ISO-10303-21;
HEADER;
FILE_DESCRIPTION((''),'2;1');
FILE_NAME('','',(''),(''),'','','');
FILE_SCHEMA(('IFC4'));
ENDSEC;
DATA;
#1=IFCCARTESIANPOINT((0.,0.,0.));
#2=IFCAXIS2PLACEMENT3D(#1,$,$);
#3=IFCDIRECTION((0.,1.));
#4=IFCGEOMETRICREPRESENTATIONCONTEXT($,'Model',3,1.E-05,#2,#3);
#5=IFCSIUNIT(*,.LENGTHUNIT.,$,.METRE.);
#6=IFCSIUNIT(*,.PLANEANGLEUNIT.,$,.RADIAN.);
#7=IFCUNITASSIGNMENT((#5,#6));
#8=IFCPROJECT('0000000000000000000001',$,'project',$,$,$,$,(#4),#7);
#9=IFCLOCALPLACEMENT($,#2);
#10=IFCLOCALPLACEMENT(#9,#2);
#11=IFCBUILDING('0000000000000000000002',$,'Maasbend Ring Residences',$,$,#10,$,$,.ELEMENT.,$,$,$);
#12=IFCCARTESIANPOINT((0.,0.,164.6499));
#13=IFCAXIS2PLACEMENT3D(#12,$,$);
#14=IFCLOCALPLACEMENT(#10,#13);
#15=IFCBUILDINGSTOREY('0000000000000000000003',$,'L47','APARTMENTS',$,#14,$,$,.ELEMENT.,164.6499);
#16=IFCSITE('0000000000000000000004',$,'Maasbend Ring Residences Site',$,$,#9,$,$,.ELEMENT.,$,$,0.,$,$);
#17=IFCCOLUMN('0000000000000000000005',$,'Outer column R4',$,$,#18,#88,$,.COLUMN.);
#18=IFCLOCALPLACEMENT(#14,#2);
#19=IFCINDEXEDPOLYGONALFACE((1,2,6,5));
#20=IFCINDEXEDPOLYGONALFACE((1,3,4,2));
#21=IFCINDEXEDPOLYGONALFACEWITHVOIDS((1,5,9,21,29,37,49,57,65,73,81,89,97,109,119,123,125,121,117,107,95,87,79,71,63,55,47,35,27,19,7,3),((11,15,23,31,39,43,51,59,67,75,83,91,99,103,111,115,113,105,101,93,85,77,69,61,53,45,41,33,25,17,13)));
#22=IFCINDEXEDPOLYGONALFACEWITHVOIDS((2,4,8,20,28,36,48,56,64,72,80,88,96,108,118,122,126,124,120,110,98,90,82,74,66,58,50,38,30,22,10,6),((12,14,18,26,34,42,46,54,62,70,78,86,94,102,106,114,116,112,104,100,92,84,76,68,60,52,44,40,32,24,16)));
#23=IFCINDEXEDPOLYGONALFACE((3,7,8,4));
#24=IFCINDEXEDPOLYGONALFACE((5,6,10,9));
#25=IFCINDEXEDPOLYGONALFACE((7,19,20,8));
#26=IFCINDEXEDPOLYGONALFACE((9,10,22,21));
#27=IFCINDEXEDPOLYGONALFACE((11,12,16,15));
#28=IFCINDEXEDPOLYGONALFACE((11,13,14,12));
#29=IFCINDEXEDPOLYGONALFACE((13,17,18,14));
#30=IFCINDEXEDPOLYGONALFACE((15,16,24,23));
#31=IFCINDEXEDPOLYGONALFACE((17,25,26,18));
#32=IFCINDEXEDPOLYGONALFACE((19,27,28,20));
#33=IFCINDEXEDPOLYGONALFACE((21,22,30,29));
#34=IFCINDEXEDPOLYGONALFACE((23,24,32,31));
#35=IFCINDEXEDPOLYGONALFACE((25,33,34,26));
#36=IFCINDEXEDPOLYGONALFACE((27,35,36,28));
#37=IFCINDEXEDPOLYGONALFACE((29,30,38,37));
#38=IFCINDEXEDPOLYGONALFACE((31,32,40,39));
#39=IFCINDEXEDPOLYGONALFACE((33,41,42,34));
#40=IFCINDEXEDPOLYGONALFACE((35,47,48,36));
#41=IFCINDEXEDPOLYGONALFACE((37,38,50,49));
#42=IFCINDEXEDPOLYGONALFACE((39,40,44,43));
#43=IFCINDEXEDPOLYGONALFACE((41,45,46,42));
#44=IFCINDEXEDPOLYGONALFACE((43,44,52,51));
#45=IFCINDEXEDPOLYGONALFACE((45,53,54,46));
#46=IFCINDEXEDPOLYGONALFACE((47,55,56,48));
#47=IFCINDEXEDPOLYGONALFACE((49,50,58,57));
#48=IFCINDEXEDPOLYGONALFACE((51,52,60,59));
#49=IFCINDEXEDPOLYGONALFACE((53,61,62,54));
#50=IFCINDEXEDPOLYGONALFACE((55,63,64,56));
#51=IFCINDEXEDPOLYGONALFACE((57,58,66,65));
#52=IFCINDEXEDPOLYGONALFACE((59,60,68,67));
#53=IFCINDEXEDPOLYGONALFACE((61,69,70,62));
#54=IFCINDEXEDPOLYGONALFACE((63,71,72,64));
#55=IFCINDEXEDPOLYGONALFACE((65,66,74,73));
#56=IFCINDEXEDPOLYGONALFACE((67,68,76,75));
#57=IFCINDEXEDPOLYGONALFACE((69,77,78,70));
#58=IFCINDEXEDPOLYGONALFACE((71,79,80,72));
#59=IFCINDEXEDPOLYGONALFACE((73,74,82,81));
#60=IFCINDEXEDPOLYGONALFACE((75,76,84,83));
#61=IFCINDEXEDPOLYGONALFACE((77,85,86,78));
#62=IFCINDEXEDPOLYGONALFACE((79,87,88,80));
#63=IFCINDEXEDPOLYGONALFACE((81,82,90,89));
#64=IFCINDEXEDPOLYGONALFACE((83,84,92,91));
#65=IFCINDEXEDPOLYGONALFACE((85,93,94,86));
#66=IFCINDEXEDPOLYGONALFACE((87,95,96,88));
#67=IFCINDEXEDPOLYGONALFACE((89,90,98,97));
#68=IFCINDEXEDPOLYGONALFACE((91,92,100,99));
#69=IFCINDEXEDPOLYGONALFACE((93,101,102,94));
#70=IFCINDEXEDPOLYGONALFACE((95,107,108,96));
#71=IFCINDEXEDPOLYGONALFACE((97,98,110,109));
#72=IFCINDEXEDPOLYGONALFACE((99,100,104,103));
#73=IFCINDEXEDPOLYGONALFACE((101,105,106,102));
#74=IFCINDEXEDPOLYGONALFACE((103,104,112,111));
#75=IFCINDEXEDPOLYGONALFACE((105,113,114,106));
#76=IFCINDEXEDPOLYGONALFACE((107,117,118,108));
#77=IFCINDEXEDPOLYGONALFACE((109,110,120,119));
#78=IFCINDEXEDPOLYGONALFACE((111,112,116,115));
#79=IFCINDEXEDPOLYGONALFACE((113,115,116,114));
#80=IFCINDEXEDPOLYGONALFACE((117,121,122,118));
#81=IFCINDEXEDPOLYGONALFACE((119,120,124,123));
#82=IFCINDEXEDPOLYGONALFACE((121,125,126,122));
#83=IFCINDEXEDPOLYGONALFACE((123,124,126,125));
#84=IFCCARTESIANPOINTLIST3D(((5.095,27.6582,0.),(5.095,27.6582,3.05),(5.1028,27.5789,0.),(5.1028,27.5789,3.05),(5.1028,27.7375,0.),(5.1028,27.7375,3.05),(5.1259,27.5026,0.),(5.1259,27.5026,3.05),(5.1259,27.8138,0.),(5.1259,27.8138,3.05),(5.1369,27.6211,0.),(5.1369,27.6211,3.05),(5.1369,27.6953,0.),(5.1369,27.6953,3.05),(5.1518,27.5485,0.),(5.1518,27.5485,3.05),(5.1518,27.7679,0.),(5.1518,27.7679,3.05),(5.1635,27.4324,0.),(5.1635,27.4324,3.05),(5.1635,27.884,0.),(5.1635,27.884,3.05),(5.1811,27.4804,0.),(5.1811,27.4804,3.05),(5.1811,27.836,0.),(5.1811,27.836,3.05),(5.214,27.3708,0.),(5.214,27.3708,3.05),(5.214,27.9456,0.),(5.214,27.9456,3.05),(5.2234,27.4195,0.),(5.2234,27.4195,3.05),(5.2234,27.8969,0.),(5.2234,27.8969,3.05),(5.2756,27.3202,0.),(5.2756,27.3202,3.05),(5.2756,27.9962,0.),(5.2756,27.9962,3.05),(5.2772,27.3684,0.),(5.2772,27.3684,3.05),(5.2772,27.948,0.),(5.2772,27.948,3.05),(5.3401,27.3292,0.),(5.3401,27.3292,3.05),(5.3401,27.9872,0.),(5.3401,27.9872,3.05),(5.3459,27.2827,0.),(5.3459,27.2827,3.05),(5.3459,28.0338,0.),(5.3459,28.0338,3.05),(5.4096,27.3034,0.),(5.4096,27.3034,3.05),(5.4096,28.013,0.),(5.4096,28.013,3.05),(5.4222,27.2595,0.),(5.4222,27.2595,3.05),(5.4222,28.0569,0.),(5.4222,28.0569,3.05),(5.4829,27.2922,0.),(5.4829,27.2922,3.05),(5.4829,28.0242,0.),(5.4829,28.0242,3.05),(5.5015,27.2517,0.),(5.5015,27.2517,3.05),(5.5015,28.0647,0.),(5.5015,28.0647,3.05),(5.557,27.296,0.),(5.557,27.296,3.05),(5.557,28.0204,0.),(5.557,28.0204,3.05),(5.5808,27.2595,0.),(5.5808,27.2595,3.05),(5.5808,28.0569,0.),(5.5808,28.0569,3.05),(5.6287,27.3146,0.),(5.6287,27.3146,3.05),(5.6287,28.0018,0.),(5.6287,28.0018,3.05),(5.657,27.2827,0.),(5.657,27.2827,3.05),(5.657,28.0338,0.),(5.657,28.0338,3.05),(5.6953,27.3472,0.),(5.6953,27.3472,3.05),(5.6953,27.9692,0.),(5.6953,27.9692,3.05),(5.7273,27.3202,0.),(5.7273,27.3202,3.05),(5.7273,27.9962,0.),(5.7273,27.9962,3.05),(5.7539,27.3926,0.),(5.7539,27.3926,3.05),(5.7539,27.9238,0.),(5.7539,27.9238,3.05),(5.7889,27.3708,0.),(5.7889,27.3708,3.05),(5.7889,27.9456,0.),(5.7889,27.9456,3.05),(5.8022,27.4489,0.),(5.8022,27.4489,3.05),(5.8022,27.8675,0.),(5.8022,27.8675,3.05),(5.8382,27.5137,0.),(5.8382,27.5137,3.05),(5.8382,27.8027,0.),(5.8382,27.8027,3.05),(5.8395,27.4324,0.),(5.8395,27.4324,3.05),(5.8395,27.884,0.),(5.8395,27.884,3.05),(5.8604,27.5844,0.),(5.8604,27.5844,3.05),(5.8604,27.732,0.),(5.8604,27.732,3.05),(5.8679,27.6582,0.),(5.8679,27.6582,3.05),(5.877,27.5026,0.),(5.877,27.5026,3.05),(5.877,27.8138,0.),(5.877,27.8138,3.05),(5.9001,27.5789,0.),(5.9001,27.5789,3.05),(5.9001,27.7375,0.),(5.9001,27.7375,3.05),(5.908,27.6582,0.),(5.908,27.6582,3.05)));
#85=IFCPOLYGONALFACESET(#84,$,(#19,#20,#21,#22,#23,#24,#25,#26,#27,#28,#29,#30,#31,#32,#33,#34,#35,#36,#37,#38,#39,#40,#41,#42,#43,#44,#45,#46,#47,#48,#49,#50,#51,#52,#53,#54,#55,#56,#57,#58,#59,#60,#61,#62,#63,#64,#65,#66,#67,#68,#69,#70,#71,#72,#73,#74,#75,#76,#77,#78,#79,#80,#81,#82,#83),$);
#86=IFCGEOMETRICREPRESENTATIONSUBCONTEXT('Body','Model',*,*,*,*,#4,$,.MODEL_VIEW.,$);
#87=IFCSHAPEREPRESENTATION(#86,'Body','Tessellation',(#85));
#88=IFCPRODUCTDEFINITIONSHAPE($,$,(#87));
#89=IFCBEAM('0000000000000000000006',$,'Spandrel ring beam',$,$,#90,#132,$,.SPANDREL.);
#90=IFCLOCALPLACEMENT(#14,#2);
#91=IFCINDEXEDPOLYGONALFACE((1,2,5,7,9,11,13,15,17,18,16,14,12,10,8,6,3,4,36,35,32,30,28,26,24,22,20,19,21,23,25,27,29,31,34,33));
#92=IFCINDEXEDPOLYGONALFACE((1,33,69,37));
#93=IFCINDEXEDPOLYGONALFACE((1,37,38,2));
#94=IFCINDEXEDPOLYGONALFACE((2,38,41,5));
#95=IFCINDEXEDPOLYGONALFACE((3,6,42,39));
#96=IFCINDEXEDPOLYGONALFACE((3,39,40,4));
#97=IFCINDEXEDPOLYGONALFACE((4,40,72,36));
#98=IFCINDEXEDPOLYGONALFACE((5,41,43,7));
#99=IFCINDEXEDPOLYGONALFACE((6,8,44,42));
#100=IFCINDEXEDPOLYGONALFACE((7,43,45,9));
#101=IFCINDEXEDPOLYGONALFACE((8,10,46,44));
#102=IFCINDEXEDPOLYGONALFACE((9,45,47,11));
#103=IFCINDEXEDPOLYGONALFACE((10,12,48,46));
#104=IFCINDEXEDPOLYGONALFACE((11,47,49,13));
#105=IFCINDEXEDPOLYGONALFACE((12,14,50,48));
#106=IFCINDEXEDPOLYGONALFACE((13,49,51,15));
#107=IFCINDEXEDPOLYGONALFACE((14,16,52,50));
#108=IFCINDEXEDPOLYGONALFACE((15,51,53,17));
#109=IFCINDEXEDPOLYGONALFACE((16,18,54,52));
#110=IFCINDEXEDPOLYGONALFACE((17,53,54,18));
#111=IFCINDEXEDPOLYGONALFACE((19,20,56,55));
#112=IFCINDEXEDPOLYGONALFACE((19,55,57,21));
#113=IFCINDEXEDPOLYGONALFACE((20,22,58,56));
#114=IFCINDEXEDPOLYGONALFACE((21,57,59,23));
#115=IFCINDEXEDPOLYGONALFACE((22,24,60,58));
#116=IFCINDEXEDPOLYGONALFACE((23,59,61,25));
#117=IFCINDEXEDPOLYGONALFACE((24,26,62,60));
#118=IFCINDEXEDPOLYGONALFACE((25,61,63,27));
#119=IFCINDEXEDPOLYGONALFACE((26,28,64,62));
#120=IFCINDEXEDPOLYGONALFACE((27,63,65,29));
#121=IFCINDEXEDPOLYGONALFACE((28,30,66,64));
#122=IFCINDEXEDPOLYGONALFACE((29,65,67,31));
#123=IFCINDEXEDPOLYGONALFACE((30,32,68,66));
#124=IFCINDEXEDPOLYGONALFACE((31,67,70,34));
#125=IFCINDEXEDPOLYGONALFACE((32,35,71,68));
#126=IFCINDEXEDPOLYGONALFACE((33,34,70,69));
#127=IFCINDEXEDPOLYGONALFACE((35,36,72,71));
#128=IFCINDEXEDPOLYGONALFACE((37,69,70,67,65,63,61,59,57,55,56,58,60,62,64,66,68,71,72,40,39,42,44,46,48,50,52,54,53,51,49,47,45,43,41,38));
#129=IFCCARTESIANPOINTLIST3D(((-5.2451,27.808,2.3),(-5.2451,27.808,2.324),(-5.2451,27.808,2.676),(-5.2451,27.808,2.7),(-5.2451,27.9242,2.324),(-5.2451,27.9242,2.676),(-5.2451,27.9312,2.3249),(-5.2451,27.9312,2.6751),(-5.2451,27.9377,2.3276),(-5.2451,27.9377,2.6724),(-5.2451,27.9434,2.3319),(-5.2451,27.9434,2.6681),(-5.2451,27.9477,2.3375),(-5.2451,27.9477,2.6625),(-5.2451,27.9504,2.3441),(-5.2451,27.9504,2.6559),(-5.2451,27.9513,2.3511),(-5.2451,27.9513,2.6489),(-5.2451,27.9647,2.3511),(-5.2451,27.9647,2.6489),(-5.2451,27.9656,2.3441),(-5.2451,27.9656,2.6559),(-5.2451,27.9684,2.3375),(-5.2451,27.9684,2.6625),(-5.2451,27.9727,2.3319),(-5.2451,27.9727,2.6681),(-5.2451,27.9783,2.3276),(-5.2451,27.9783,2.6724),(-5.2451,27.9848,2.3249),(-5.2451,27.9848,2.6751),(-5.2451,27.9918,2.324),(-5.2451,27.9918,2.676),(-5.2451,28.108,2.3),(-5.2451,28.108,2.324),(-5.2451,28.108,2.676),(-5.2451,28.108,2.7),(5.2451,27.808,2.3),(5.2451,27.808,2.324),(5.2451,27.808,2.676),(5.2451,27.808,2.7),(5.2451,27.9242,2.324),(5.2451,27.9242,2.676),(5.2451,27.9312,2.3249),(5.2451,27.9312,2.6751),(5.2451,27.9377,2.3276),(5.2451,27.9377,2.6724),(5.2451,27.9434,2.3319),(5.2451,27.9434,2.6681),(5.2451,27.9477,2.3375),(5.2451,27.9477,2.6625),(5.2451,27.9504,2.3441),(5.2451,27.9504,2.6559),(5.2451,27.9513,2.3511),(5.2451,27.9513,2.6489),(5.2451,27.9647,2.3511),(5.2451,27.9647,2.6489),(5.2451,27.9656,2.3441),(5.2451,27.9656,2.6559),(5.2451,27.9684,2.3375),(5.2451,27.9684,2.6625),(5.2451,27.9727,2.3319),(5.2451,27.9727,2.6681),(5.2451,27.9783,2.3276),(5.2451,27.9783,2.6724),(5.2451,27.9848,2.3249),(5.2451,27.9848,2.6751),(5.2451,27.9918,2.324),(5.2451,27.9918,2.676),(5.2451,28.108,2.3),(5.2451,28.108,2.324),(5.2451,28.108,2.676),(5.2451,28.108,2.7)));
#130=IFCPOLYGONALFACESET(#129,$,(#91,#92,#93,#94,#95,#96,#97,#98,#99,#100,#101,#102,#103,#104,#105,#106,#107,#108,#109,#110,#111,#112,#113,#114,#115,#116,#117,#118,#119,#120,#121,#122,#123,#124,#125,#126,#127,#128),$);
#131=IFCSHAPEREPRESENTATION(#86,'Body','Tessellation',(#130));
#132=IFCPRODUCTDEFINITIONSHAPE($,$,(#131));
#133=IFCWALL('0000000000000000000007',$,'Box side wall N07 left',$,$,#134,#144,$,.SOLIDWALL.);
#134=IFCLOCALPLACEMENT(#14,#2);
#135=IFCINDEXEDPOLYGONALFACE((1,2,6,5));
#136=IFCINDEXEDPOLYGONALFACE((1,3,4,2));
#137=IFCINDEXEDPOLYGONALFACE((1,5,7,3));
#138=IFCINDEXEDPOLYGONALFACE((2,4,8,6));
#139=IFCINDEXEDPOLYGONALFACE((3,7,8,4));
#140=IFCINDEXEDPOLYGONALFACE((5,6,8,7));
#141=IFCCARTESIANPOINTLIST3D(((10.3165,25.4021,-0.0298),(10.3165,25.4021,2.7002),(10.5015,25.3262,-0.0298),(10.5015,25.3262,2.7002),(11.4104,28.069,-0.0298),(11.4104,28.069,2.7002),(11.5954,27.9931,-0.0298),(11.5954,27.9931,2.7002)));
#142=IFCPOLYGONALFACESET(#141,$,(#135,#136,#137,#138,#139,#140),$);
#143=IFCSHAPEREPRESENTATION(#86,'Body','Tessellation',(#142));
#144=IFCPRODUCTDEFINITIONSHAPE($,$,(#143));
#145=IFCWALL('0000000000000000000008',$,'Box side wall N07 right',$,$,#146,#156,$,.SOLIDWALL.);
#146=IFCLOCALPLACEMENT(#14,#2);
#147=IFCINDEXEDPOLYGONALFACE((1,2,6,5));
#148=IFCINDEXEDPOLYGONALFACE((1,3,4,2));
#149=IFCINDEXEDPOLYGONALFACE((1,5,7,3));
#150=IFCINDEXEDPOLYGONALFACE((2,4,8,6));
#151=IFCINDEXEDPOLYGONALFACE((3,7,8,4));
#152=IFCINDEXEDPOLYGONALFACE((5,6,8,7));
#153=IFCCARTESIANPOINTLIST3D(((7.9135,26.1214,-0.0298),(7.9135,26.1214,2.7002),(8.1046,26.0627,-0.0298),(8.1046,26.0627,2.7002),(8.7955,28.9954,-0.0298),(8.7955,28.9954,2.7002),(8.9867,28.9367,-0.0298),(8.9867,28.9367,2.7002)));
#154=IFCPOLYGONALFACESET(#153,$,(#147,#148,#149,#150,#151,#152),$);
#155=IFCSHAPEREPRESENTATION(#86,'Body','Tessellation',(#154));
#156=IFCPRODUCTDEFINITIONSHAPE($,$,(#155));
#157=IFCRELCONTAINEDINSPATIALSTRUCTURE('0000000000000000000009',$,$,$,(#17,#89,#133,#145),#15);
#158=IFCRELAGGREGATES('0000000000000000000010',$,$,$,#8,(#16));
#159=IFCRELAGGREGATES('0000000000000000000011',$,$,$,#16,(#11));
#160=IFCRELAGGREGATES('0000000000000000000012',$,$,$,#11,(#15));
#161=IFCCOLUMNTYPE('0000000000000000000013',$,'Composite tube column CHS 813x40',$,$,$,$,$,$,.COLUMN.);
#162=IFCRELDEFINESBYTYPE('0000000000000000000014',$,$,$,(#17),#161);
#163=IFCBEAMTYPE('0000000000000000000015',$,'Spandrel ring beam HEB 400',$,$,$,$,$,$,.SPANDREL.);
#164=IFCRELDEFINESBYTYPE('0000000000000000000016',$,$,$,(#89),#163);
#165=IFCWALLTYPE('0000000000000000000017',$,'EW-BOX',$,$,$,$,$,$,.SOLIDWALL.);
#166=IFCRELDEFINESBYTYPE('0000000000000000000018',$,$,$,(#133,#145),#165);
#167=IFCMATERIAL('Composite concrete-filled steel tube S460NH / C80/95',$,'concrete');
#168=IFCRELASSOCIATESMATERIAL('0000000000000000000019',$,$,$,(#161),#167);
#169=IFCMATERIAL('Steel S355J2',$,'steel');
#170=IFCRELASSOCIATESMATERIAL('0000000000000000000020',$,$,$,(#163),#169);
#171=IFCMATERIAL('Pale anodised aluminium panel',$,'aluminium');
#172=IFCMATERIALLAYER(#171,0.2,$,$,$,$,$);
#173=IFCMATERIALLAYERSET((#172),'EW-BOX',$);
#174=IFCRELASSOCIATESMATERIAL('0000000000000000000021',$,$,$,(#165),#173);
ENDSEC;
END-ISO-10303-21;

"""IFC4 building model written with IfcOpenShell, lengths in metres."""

from ifc_helpers import new_model, si_unit, direction, frame, frame_2d, origin, origin_2d, place, context, subcontext, project, spatial, rectangle, hollow_circle, i_section, extrude, material, layer, layer_set, material_profile, profile_set, type_object, element, save


model = new_model("IFC4")

# Units and contexts
model_context = context("Model", 3, precision=1e-05, world=origin(), true_north=direction((0.0, 1.0)))
body_context = subcontext(model_context, "Body", "Model", "MODEL_VIEW")
ifc_project = project(units=[si_unit("LENGTHUNIT", "METRE"), si_unit("PLANEANGLEUNIT", "RADIAN")], contexts=[model_context])

# Site, building, storey
site_placement = place(None, origin())
site = spatial("IfcSite", under=ifc_project, at=site_placement, Name="Maasbend Ring Residences Site", CompositionType="ELEMENT", RefElevation=0.0)
building_placement = place(site_placement, origin())
building = spatial("IfcBuilding", under=site, at=building_placement, Name="Maasbend Ring Residences", CompositionType="ELEMENT")
storey_placement = place(building_placement, frame((0.0, 0.0, 164.6499)))
storey = spatial("IfcBuildingStorey", under=building, at=storey_placement, Name="L47", Description="APARTMENTS", CompositionType="ELEMENT", Elevation=164.6499)

# Column
ifc_material_1 = material(Name="Composite concrete-filled steel tube S460NH / C80/95", Category="concrete")
ifc_material_profile_1 = material_profile(ifc_material_1, hollow_circle(Radius=0.4065, WallThickness=0.04, at=origin_2d()), Name="Composite tube column CHS 813x40")
ifc_profile_set_1 = profile_set([ifc_material_profile_1], Name="Composite concrete-filled steel tube S460NH / C80/95")
column_type = type_object("IfcColumnType", Name="Composite tube column CHS 813x40", PredefinedType="COLUMN", material=ifc_profile_set_1)
column_placement = place(storey_placement, frame((5.5015, 27.6582, 0.0), z_axis=(0.0, 0.0, 1.0), x_axis=(1.0, 0.0, 0.0)))
element("IfcColumn", 1, at=column_placement, inside=storey, type_object=column_type, Name="Outer column R4", PredefinedType="COLUMN", context=body_context, shape_type="SweptSolid", body=[
    extrude(hollow_circle(Radius=0.4065, WallThickness=0.04, at=origin_2d()), origin(), (0.0, 0.0, 1.0), 3.05),
])

# Beam
ifc_material_2 = material(Name="Steel S355J2", Category="steel")
ifc_material_profile_2 = material_profile(ifc_material_2, i_section(OverallWidth=0.3, OverallDepth=0.3999, WebThickness=0.0134, FlangeThickness=0.0239, FilletRadius=0.0271, at=origin_2d()), Name="HEB 400")
ifc_profile_set_2 = profile_set([ifc_material_profile_2], Name="Steel S355J2")
beam_type = type_object("IfcBeamType", Name="Spandrel ring beam HEB 400", PredefinedType="SPANDREL", material=ifc_profile_set_2)
beam_placement = place(storey_placement, frame((5.2451, 27.958, 2.5), z_axis=(-1.0, 0.0, 0.0), x_axis=(0.0, -1.0, 0.0)))
element("IfcBeam", 2, at=beam_placement, inside=storey, type_object=beam_type, Name="Spandrel ring beam", PredefinedType="SPANDREL", context=body_context, shape_type="SweptSolid", body=[
    extrude(i_section(OverallWidth=0.3, OverallDepth=0.3999, WebThickness=0.0134, FlangeThickness=0.0239, FilletRadius=0.0271, at=origin_2d()), origin(), (0.0, 0.0, 1.0), 10.4902),
])

# Walls
ifc_material_3 = material(Name="Pale anodised aluminium panel", Category="aluminium")
ifc_layer_1 = layer(ifc_material_3, 0.2)
ifc_layer_set_1 = layer_set([ifc_layer_1], Name="EW-BOX")
wall_type_1 = type_object("IfcWallType", Name="EW-BOX", PredefinedType="SOLIDWALL", material=ifc_layer_set_1)
wall_1_placement = place(storey_placement, frame((10.4089, 25.364, -0.0298), z_axis=(0.0, 0.0, 1.0), x_axis=(0.37951, 0.925188, 0.0)))
element("IfcWall", 3, at=wall_1_placement, inside=storey, type_object=wall_type_1, Name="Box side wall N07 left", PredefinedType="SOLIDWALL", context=body_context, shape_type="SweptSolid", body=[
    extrude(rectangle(XDim=2.8826, YDim=0.2, at=frame_2d((1.4414, 0.0))), origin(), (0.0, 0.0, 1.0), 2.73),
])
wall_2_placement = place(storey_placement, frame((8.009, 26.092, -0.0298), z_axis=(0.0, 0.0, 1.0), x_axis=(0.293407, 0.955988, 0.0)))
element("IfcWall", 4, at=wall_2_placement, inside=storey, type_object=wall_type_1, Name="Box side wall N07 right", PredefinedType="SOLIDWALL", context=body_context, shape_type="SweptSolid", body=[
    extrude(rectangle(XDim=3.0063, YDim=0.2, at=frame_2d((1.5032, 0.0))), origin(), (0.0, 0.0, 1.0), 2.73),
])

save(model, "model.ifc")
